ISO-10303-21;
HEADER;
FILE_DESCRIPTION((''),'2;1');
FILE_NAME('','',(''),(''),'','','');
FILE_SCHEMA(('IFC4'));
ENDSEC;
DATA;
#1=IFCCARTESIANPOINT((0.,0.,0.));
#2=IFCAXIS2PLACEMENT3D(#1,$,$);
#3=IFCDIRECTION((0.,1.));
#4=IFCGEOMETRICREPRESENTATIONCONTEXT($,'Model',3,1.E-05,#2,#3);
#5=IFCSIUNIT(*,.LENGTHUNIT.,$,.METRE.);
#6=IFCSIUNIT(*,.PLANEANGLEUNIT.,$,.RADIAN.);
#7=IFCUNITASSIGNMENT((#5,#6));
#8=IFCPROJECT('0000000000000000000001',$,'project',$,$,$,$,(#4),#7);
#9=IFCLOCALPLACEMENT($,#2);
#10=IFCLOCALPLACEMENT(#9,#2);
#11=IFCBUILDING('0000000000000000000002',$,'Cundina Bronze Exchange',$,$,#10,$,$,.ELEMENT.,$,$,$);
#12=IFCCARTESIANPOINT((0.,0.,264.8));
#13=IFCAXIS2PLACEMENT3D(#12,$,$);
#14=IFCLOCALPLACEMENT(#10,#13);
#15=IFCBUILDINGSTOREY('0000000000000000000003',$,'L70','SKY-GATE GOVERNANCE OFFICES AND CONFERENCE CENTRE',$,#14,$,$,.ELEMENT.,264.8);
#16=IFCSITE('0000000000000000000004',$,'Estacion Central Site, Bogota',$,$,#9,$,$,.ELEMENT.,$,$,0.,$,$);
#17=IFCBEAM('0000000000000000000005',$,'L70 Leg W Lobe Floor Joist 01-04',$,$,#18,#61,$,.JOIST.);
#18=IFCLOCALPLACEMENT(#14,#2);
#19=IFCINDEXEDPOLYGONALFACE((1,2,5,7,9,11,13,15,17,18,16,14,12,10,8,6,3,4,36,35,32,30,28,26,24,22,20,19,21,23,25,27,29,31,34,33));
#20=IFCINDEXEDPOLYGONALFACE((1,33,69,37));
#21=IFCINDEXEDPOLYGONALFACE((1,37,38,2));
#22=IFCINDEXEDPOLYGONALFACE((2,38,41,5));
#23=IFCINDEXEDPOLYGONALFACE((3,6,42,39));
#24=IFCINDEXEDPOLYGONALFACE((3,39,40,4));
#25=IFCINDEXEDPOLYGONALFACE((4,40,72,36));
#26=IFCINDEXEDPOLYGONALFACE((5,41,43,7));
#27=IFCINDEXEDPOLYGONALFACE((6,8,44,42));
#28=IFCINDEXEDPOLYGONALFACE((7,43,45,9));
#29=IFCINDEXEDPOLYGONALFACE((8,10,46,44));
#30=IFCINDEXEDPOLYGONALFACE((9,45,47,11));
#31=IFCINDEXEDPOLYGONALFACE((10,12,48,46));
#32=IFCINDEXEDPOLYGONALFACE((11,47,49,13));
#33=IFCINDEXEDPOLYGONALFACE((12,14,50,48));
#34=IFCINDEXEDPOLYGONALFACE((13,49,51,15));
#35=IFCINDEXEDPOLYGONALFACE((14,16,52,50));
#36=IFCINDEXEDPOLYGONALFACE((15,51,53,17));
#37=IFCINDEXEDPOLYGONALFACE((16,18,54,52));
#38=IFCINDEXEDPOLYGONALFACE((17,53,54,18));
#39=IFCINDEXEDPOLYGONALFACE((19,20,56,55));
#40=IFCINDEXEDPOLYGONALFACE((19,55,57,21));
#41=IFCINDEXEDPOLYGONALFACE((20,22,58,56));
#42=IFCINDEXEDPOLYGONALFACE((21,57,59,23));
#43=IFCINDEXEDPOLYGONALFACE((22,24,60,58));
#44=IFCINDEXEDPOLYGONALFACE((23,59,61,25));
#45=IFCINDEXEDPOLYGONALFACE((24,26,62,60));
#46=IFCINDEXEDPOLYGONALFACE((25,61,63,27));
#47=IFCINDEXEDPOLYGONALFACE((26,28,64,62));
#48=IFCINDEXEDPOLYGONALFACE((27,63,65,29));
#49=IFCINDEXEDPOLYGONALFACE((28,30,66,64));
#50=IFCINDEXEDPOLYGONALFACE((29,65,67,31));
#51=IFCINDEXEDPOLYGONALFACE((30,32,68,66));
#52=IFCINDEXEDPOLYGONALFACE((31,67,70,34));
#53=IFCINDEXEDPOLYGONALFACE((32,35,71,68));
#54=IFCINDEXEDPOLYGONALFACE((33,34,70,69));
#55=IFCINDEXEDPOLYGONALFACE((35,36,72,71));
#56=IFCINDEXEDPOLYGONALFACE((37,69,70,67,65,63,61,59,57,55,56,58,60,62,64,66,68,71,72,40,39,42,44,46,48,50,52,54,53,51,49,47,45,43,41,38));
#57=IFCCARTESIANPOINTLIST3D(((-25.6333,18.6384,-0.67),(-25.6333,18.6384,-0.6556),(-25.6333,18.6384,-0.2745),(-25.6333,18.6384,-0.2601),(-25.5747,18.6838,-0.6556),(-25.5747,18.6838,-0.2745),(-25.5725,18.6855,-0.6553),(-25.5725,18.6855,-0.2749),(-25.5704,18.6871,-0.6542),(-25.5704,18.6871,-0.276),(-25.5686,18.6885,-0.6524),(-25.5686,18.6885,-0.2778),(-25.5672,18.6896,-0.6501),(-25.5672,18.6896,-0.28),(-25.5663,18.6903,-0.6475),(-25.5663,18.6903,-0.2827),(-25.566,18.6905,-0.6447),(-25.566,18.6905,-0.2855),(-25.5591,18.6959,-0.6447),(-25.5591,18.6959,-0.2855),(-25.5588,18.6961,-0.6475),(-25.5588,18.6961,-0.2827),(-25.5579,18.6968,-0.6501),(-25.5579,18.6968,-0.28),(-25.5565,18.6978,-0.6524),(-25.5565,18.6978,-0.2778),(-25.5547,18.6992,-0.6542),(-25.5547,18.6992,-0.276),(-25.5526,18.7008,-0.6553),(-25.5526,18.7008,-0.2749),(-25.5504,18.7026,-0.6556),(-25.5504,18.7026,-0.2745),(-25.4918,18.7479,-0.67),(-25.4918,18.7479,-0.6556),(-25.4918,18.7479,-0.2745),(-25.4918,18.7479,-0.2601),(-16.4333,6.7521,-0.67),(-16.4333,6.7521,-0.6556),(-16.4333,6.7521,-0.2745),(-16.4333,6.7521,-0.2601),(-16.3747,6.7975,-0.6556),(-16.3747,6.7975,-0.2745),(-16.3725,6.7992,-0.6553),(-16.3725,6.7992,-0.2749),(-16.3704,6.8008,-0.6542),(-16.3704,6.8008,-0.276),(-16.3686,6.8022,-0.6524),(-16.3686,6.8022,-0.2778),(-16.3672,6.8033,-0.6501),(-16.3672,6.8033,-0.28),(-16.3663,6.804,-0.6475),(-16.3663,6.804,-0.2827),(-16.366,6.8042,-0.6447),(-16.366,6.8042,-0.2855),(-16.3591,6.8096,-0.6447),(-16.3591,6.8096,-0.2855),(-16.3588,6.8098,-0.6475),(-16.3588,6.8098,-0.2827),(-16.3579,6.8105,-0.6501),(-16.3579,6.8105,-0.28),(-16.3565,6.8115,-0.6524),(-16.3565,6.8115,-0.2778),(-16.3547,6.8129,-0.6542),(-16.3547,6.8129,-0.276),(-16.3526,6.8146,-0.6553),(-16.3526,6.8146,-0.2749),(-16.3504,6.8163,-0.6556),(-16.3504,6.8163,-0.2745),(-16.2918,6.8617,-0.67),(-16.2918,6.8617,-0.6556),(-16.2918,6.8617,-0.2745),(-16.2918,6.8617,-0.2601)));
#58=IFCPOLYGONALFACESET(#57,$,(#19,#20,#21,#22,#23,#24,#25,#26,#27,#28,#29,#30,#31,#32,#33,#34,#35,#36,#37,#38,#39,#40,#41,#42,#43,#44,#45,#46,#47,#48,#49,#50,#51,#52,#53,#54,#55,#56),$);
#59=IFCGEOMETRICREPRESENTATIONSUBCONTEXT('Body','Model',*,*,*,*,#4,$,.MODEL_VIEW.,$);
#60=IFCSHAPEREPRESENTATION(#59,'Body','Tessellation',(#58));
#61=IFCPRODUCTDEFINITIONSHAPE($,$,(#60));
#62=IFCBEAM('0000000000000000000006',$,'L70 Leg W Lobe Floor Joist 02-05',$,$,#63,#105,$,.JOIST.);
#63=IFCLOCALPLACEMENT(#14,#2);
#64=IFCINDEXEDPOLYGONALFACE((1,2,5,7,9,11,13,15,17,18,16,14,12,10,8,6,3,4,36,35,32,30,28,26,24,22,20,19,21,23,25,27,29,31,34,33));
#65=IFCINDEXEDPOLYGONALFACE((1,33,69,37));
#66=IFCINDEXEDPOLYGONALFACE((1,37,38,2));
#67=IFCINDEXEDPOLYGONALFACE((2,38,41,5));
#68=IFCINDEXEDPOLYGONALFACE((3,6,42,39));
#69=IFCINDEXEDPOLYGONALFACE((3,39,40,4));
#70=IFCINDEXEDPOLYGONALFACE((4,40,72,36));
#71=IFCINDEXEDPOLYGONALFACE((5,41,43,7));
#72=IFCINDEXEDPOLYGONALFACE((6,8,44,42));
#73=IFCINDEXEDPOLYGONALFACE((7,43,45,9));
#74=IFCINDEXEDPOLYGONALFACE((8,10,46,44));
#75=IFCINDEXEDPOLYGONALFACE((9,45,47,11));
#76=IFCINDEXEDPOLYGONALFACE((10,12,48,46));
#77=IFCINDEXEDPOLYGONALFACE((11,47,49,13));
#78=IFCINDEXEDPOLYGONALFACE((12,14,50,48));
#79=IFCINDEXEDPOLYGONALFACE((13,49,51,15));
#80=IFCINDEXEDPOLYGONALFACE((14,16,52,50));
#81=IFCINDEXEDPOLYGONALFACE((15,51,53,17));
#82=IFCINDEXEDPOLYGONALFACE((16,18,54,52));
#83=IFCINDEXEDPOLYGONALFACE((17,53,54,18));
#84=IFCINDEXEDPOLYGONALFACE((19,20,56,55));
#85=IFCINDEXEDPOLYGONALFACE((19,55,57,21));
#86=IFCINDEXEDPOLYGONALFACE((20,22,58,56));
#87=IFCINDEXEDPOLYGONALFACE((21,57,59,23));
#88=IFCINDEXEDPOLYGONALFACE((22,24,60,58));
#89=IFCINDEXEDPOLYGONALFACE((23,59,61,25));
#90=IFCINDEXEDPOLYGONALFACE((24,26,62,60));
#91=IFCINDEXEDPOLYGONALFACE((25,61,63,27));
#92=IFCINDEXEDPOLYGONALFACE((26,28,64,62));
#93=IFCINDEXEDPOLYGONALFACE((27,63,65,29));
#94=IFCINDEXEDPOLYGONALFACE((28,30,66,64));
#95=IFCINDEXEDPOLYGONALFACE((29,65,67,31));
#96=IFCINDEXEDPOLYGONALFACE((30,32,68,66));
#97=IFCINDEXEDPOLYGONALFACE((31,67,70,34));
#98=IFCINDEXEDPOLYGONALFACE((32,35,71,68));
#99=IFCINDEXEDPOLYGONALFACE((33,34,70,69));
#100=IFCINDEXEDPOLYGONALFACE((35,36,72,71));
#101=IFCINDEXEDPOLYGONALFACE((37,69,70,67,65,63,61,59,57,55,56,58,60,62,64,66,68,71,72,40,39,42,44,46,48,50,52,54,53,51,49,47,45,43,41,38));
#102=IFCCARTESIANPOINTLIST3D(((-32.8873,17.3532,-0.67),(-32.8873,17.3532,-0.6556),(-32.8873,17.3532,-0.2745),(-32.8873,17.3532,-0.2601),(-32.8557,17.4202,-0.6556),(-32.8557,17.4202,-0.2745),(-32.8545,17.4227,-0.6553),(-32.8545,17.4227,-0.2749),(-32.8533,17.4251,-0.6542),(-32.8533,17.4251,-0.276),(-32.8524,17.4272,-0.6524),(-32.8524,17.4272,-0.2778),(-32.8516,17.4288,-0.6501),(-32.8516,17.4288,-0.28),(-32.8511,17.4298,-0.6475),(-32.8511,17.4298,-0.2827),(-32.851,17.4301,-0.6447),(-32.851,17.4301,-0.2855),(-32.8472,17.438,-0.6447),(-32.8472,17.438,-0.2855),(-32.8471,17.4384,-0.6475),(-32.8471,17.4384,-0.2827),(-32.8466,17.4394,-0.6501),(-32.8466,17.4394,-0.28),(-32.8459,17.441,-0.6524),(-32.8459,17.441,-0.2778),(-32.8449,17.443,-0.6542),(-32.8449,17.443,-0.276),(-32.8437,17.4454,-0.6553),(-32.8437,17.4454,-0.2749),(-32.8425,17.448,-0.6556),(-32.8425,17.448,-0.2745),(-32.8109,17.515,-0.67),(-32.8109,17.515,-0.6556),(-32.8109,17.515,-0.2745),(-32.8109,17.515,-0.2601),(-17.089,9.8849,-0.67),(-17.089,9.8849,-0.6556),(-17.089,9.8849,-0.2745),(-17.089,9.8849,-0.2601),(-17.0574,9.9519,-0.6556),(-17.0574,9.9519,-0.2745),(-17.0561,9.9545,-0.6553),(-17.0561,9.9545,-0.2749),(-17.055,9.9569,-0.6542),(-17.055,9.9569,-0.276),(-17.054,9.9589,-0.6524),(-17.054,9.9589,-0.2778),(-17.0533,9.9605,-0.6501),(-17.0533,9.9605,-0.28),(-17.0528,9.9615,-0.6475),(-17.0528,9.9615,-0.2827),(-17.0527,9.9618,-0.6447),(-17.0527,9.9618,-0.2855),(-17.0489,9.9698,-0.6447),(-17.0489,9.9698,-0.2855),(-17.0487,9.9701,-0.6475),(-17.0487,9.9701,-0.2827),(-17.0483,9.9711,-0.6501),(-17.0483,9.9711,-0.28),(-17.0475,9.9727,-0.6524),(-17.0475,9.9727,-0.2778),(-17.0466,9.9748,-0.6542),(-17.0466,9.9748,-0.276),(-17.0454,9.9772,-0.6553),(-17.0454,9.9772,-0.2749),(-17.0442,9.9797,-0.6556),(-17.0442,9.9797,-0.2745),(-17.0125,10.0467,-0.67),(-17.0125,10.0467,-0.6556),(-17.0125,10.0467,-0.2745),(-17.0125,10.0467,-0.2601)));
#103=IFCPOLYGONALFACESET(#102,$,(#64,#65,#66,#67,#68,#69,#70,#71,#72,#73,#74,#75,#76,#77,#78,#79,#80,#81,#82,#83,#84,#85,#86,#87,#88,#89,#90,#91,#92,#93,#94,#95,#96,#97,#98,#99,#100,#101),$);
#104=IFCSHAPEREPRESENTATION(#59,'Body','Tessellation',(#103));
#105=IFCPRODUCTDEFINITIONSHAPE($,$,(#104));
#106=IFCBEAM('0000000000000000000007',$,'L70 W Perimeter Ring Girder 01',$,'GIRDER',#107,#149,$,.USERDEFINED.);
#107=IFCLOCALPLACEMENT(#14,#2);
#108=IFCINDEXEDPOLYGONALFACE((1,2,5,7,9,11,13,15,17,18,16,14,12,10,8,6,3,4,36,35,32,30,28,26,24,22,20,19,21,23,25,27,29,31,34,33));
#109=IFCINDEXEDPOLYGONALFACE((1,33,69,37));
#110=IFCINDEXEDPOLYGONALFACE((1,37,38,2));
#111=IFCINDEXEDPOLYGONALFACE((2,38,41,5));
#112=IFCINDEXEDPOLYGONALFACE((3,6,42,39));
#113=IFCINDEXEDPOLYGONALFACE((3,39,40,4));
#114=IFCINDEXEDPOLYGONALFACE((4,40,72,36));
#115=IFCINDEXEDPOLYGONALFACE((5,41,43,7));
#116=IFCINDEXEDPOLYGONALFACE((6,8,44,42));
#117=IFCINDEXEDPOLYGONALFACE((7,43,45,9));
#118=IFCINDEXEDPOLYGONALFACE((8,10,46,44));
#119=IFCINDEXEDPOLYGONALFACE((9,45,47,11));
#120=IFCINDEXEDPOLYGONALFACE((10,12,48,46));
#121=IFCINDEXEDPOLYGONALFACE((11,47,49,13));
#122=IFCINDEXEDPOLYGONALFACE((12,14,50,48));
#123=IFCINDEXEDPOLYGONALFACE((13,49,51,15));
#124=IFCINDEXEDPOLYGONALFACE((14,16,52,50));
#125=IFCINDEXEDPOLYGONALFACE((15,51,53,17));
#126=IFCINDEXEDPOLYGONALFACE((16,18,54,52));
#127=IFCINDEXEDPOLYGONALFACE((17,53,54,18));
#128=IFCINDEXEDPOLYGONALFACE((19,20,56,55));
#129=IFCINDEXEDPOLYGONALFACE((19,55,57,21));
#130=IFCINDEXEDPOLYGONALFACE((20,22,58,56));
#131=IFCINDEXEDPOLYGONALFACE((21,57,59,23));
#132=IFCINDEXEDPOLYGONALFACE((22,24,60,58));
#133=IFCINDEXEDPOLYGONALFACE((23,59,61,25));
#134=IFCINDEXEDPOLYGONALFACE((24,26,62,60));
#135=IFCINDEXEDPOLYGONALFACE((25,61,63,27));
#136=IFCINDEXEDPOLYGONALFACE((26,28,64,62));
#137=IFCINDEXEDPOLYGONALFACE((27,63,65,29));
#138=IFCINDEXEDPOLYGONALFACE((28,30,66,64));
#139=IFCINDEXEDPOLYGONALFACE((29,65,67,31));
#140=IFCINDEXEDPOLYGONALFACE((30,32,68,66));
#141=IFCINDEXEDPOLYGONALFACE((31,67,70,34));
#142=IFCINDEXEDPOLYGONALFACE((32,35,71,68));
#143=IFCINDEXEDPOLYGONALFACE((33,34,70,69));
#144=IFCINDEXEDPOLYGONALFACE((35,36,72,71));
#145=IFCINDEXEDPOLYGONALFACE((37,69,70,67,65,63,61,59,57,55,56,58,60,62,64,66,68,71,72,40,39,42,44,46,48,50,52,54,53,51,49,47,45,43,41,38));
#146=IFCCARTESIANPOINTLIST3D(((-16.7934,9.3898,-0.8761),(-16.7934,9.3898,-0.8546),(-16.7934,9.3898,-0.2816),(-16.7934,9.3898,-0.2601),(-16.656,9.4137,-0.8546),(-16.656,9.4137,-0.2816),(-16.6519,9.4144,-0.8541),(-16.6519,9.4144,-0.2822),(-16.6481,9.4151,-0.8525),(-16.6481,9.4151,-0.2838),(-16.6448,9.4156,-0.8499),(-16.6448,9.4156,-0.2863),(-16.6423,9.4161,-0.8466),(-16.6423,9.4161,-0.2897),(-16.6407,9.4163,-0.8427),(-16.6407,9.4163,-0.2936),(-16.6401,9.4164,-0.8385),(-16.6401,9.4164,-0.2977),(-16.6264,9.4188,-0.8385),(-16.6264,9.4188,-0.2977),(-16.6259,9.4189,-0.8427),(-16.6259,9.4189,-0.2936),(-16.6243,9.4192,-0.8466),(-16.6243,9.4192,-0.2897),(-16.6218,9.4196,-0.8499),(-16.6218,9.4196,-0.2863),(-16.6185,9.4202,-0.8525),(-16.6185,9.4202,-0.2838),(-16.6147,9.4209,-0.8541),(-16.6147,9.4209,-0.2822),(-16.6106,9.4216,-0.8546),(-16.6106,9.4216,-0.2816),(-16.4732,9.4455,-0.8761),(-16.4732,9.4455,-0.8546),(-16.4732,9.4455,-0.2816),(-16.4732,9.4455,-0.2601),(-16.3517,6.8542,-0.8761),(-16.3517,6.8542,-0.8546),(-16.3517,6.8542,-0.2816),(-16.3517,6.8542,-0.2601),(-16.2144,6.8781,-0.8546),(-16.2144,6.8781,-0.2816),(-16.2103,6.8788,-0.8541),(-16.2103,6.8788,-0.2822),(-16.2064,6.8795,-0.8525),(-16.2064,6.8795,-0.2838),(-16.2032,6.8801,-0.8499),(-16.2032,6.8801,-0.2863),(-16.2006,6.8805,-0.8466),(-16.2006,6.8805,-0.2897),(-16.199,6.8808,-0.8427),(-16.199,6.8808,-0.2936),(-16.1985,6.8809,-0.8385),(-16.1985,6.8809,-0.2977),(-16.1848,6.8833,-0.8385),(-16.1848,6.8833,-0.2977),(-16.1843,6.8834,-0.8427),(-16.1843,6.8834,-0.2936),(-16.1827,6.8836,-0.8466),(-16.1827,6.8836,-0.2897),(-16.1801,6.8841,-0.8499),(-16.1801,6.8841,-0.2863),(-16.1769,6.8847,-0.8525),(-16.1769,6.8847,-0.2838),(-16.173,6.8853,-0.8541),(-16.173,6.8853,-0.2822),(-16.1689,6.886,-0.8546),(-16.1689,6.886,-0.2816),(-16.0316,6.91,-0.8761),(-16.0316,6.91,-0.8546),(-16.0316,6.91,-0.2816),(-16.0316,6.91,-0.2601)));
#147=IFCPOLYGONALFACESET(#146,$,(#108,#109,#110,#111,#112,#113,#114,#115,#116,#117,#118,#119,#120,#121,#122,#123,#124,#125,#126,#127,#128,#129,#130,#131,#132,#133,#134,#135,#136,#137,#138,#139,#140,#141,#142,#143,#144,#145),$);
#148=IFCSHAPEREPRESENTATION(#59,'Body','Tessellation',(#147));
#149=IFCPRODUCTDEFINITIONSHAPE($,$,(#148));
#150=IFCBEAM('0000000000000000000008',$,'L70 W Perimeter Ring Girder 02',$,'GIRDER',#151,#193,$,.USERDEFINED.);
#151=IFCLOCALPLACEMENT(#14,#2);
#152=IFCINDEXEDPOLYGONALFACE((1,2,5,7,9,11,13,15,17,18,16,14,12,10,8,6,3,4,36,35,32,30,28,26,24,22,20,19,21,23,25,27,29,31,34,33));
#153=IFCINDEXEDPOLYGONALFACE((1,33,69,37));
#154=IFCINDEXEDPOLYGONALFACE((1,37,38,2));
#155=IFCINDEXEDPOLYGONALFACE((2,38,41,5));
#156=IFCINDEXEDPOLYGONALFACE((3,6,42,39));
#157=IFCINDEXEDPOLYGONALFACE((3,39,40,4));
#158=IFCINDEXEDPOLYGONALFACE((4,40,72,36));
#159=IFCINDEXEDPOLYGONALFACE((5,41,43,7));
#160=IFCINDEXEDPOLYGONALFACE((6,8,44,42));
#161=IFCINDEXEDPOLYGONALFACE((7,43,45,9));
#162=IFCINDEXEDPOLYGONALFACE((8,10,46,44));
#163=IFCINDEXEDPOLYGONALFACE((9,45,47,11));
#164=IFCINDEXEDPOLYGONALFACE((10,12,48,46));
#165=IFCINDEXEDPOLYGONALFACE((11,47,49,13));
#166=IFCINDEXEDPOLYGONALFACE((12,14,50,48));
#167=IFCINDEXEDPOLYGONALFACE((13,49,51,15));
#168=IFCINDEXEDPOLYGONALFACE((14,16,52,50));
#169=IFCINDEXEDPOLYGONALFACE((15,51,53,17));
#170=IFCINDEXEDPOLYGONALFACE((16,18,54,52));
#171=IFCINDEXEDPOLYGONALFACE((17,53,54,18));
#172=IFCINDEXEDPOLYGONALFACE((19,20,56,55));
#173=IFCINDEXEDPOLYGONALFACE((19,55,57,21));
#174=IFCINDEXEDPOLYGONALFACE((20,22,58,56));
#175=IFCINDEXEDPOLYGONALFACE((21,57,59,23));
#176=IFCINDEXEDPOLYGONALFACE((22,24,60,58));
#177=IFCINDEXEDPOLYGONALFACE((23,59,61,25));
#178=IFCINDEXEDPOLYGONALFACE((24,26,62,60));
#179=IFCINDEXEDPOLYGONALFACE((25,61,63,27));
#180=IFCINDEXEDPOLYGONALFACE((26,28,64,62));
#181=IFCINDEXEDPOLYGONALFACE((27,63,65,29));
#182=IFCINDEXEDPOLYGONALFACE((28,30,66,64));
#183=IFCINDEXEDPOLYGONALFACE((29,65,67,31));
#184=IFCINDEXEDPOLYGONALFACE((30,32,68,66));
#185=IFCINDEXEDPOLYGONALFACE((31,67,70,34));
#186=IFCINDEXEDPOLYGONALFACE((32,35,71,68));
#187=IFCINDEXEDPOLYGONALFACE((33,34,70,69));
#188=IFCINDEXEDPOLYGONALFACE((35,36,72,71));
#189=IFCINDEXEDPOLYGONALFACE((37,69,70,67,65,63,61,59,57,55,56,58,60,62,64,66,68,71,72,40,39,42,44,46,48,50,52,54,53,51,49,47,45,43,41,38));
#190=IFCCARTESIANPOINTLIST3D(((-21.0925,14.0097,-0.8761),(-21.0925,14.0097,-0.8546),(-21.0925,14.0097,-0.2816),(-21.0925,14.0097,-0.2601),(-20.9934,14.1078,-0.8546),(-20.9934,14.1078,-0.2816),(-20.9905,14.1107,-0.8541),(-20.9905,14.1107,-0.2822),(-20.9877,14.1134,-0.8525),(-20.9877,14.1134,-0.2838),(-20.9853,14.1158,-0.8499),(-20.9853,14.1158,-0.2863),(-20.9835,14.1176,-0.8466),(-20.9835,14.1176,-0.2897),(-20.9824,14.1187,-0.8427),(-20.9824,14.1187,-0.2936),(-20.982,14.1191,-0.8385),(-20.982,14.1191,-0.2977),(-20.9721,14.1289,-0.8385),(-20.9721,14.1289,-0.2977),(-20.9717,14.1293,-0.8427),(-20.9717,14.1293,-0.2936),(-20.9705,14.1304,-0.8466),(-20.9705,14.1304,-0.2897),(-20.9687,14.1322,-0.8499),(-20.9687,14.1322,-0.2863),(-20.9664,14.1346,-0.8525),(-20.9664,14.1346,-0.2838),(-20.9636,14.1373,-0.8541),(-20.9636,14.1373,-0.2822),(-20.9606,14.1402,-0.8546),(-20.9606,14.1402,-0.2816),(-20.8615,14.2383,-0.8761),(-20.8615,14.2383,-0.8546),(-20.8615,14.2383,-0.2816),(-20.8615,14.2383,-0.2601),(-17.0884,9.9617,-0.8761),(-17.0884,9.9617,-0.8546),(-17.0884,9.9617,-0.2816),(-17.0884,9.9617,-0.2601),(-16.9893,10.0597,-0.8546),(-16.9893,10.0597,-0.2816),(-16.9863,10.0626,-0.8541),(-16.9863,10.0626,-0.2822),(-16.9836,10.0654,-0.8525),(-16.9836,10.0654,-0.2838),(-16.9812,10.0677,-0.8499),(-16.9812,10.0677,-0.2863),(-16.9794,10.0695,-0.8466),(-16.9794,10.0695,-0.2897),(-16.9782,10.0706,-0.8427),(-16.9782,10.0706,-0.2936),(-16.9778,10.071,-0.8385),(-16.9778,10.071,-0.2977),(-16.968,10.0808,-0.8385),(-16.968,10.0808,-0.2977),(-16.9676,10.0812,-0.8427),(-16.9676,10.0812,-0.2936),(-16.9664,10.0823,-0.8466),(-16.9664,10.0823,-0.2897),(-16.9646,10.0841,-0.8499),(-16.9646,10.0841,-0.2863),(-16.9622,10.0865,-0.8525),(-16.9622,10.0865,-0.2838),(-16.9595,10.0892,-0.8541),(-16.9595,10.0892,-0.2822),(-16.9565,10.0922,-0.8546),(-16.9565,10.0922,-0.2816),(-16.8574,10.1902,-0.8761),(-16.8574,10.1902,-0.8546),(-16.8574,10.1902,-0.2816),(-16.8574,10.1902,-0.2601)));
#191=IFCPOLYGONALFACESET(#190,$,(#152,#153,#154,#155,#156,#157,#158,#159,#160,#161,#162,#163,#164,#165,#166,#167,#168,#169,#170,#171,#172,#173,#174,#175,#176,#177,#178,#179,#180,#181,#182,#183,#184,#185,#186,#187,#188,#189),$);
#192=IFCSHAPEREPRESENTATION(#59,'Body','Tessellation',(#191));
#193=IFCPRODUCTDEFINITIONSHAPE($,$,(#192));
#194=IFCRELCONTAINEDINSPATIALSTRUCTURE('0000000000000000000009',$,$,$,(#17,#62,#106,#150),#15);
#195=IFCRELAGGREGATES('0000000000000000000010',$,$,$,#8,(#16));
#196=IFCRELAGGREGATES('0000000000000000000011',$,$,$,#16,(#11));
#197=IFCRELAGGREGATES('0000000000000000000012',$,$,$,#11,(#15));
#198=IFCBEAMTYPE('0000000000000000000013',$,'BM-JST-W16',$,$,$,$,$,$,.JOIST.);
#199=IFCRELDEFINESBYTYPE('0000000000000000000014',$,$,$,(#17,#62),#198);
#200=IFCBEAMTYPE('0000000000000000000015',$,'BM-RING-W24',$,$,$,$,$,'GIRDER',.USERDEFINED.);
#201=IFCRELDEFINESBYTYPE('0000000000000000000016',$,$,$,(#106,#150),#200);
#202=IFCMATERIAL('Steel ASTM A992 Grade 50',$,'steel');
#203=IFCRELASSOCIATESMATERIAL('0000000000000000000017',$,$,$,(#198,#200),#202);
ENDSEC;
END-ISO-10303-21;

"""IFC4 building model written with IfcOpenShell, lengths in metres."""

from ifc_helpers import new_model, si_unit, direction, frame, origin, origin_2d, place, context, subcontext, project, spatial, i_section, extrude, material, material_profile, profile_set, type_object, element, save


model = new_model("IFC4")

# Units and contexts
model_context = context("Model", 3, precision=1e-05, world=origin(), true_north=direction((0.0, 1.0)))
body_context = subcontext(model_context, "Body", "Model", "MODEL_VIEW")
ifc_project = project(units=[si_unit("LENGTHUNIT", "METRE"), si_unit("PLANEANGLEUNIT", "RADIAN")], contexts=[model_context])

# Site, building, storey
site_placement = place(None, origin())
site = spatial("IfcSite", under=ifc_project, at=site_placement, Name="Estacion Central Site, Bogota", CompositionType="ELEMENT", RefElevation=0.0)
building_placement = place(site_placement, origin())
building = spatial("IfcBuilding", under=site, at=building_placement, Name="Cundina Bronze Exchange", CompositionType="ELEMENT")
storey_placement = place(building_placement, frame((0.0, 0.0, 264.8)))
storey = spatial("IfcBuildingStorey", under=building, at=storey_placement, Name="L70", Description="SKY-GATE GOVERNANCE OFFICES AND CONFERENCE CENTRE", CompositionType="ELEMENT", Elevation=264.8)

# Beams
ifc_material_1 = material(Name="Steel ASTM A992 Grade 50", Category="steel")
ifc_material_profile_1 = material_profile(ifc_material_1, i_section(OverallWidth=0.179, OverallDepth=0.4099, WebThickness=0.0088, FlangeThickness=0.0144, FilletRadius=0.011, at=origin_2d()), Name="W16X45", Category="steel")
ifc_profile_set_1 = profile_set([ifc_material_profile_1], Name="Steel ASTM A992 Grade 50")
beam_type_1 = type_object("IfcBeamType", Name="BM-JST-W16", PredefinedType="JOIST", material=ifc_profile_set_1)
beam_1_placement = place(storey_placement, frame((-16.3625, 6.8069, -0.4651), z_axis=(-0.612078, 0.790798, 0.0), x_axis=(-0.790798, -0.612078, 0.0)))
element("IfcBeam", 1, at=beam_1_placement, inside=storey, type_object=beam_type_1, Name="L70 Leg W Lobe Floor Joist 01-04", PredefinedType="JOIST", context=body_context, shape_type="SweptSolid", body=[
    extrude(i_section(OverallWidth=0.179, OverallDepth=0.4099, WebThickness=0.0088, FlangeThickness=0.0144, FilletRadius=0.011, at=origin_2d()), origin(), (0.0, 0.0, 1.0), 15.0308),
])
beam_2_placement = place(storey_placement, frame((-17.0508, 9.9658, -0.4651), z_axis=(-0.904073, 0.427378, 0.0), x_axis=(-0.427378, -0.904073, 0.0)))
element("IfcBeam", 2, at=beam_2_placement, inside=storey, type_object=beam_type_1, Name="L70 Leg W Lobe Floor Joist 02-05", PredefinedType="JOIST", context=body_context, shape_type="SweptSolid", body=[
    extrude(i_section(OverallWidth=0.179, OverallDepth=0.4099, WebThickness=0.0088, FlangeThickness=0.0144, FilletRadius=0.011, at=origin_2d()), origin(), (0.0, 0.0, 1.0), 17.4746),
])
ifc_material_profile_2 = material_profile(ifc_material_1, i_section(OverallWidth=0.325, OverallDepth=0.616, WebThickness=0.0139, FlangeThickness=0.0215, FilletRadius=0.0161, at=origin_2d()), Name="W24X117", Category="steel")
ifc_profile_set_2 = profile_set([ifc_material_profile_2], Name="Steel ASTM A992 Grade 50")
beam_type_2 = type_object("IfcBeamType", Name="BM-RING-W24", ElementType="GIRDER", PredefinedType="USERDEFINED", material=ifc_profile_set_2)
beam_3_placement = place(storey_placement, frame((-16.1917, 6.8821, -0.5681), z_axis=(-0.171593, 0.985168, 0.0), x_axis=(-0.985168, -0.171593, 0.0)))
element("IfcBeam", 3, at=beam_3_placement, inside=storey, type_object=beam_type_2, Name="L70 W Perimeter Ring Girder 01", ObjectType="GIRDER", PredefinedType="USERDEFINED", context=body_context, shape_type="SweptSolid", body=[
    extrude(i_section(OverallWidth=0.325, OverallDepth=0.616, WebThickness=0.0139, FlangeThickness=0.0215, FilletRadius=0.0161, at=origin_2d()), origin(), (0.0, 0.0, 1.0), 2.5737),
])
beam_4_placement = place(storey_placement, frame((-16.9729, 10.0759, -0.5681), z_axis=(-0.703237, 0.710955, 0.0), x_axis=(-0.710955, -0.703237, 0.0)))
element("IfcBeam", 4, at=beam_4_placement, inside=storey, type_object=beam_type_2, Name="L70 W Perimeter Ring Girder 02", ObjectType="GIRDER", PredefinedType="USERDEFINED", context=body_context, shape_type="SweptSolid", body=[
    extrude(i_section(OverallWidth=0.325, OverallDepth=0.616, WebThickness=0.0139, FlangeThickness=0.0215, FilletRadius=0.0161, at=origin_2d()), origin(), (0.0, 0.0, 1.0), 5.6938),
])

save(model, "model.ifc")
